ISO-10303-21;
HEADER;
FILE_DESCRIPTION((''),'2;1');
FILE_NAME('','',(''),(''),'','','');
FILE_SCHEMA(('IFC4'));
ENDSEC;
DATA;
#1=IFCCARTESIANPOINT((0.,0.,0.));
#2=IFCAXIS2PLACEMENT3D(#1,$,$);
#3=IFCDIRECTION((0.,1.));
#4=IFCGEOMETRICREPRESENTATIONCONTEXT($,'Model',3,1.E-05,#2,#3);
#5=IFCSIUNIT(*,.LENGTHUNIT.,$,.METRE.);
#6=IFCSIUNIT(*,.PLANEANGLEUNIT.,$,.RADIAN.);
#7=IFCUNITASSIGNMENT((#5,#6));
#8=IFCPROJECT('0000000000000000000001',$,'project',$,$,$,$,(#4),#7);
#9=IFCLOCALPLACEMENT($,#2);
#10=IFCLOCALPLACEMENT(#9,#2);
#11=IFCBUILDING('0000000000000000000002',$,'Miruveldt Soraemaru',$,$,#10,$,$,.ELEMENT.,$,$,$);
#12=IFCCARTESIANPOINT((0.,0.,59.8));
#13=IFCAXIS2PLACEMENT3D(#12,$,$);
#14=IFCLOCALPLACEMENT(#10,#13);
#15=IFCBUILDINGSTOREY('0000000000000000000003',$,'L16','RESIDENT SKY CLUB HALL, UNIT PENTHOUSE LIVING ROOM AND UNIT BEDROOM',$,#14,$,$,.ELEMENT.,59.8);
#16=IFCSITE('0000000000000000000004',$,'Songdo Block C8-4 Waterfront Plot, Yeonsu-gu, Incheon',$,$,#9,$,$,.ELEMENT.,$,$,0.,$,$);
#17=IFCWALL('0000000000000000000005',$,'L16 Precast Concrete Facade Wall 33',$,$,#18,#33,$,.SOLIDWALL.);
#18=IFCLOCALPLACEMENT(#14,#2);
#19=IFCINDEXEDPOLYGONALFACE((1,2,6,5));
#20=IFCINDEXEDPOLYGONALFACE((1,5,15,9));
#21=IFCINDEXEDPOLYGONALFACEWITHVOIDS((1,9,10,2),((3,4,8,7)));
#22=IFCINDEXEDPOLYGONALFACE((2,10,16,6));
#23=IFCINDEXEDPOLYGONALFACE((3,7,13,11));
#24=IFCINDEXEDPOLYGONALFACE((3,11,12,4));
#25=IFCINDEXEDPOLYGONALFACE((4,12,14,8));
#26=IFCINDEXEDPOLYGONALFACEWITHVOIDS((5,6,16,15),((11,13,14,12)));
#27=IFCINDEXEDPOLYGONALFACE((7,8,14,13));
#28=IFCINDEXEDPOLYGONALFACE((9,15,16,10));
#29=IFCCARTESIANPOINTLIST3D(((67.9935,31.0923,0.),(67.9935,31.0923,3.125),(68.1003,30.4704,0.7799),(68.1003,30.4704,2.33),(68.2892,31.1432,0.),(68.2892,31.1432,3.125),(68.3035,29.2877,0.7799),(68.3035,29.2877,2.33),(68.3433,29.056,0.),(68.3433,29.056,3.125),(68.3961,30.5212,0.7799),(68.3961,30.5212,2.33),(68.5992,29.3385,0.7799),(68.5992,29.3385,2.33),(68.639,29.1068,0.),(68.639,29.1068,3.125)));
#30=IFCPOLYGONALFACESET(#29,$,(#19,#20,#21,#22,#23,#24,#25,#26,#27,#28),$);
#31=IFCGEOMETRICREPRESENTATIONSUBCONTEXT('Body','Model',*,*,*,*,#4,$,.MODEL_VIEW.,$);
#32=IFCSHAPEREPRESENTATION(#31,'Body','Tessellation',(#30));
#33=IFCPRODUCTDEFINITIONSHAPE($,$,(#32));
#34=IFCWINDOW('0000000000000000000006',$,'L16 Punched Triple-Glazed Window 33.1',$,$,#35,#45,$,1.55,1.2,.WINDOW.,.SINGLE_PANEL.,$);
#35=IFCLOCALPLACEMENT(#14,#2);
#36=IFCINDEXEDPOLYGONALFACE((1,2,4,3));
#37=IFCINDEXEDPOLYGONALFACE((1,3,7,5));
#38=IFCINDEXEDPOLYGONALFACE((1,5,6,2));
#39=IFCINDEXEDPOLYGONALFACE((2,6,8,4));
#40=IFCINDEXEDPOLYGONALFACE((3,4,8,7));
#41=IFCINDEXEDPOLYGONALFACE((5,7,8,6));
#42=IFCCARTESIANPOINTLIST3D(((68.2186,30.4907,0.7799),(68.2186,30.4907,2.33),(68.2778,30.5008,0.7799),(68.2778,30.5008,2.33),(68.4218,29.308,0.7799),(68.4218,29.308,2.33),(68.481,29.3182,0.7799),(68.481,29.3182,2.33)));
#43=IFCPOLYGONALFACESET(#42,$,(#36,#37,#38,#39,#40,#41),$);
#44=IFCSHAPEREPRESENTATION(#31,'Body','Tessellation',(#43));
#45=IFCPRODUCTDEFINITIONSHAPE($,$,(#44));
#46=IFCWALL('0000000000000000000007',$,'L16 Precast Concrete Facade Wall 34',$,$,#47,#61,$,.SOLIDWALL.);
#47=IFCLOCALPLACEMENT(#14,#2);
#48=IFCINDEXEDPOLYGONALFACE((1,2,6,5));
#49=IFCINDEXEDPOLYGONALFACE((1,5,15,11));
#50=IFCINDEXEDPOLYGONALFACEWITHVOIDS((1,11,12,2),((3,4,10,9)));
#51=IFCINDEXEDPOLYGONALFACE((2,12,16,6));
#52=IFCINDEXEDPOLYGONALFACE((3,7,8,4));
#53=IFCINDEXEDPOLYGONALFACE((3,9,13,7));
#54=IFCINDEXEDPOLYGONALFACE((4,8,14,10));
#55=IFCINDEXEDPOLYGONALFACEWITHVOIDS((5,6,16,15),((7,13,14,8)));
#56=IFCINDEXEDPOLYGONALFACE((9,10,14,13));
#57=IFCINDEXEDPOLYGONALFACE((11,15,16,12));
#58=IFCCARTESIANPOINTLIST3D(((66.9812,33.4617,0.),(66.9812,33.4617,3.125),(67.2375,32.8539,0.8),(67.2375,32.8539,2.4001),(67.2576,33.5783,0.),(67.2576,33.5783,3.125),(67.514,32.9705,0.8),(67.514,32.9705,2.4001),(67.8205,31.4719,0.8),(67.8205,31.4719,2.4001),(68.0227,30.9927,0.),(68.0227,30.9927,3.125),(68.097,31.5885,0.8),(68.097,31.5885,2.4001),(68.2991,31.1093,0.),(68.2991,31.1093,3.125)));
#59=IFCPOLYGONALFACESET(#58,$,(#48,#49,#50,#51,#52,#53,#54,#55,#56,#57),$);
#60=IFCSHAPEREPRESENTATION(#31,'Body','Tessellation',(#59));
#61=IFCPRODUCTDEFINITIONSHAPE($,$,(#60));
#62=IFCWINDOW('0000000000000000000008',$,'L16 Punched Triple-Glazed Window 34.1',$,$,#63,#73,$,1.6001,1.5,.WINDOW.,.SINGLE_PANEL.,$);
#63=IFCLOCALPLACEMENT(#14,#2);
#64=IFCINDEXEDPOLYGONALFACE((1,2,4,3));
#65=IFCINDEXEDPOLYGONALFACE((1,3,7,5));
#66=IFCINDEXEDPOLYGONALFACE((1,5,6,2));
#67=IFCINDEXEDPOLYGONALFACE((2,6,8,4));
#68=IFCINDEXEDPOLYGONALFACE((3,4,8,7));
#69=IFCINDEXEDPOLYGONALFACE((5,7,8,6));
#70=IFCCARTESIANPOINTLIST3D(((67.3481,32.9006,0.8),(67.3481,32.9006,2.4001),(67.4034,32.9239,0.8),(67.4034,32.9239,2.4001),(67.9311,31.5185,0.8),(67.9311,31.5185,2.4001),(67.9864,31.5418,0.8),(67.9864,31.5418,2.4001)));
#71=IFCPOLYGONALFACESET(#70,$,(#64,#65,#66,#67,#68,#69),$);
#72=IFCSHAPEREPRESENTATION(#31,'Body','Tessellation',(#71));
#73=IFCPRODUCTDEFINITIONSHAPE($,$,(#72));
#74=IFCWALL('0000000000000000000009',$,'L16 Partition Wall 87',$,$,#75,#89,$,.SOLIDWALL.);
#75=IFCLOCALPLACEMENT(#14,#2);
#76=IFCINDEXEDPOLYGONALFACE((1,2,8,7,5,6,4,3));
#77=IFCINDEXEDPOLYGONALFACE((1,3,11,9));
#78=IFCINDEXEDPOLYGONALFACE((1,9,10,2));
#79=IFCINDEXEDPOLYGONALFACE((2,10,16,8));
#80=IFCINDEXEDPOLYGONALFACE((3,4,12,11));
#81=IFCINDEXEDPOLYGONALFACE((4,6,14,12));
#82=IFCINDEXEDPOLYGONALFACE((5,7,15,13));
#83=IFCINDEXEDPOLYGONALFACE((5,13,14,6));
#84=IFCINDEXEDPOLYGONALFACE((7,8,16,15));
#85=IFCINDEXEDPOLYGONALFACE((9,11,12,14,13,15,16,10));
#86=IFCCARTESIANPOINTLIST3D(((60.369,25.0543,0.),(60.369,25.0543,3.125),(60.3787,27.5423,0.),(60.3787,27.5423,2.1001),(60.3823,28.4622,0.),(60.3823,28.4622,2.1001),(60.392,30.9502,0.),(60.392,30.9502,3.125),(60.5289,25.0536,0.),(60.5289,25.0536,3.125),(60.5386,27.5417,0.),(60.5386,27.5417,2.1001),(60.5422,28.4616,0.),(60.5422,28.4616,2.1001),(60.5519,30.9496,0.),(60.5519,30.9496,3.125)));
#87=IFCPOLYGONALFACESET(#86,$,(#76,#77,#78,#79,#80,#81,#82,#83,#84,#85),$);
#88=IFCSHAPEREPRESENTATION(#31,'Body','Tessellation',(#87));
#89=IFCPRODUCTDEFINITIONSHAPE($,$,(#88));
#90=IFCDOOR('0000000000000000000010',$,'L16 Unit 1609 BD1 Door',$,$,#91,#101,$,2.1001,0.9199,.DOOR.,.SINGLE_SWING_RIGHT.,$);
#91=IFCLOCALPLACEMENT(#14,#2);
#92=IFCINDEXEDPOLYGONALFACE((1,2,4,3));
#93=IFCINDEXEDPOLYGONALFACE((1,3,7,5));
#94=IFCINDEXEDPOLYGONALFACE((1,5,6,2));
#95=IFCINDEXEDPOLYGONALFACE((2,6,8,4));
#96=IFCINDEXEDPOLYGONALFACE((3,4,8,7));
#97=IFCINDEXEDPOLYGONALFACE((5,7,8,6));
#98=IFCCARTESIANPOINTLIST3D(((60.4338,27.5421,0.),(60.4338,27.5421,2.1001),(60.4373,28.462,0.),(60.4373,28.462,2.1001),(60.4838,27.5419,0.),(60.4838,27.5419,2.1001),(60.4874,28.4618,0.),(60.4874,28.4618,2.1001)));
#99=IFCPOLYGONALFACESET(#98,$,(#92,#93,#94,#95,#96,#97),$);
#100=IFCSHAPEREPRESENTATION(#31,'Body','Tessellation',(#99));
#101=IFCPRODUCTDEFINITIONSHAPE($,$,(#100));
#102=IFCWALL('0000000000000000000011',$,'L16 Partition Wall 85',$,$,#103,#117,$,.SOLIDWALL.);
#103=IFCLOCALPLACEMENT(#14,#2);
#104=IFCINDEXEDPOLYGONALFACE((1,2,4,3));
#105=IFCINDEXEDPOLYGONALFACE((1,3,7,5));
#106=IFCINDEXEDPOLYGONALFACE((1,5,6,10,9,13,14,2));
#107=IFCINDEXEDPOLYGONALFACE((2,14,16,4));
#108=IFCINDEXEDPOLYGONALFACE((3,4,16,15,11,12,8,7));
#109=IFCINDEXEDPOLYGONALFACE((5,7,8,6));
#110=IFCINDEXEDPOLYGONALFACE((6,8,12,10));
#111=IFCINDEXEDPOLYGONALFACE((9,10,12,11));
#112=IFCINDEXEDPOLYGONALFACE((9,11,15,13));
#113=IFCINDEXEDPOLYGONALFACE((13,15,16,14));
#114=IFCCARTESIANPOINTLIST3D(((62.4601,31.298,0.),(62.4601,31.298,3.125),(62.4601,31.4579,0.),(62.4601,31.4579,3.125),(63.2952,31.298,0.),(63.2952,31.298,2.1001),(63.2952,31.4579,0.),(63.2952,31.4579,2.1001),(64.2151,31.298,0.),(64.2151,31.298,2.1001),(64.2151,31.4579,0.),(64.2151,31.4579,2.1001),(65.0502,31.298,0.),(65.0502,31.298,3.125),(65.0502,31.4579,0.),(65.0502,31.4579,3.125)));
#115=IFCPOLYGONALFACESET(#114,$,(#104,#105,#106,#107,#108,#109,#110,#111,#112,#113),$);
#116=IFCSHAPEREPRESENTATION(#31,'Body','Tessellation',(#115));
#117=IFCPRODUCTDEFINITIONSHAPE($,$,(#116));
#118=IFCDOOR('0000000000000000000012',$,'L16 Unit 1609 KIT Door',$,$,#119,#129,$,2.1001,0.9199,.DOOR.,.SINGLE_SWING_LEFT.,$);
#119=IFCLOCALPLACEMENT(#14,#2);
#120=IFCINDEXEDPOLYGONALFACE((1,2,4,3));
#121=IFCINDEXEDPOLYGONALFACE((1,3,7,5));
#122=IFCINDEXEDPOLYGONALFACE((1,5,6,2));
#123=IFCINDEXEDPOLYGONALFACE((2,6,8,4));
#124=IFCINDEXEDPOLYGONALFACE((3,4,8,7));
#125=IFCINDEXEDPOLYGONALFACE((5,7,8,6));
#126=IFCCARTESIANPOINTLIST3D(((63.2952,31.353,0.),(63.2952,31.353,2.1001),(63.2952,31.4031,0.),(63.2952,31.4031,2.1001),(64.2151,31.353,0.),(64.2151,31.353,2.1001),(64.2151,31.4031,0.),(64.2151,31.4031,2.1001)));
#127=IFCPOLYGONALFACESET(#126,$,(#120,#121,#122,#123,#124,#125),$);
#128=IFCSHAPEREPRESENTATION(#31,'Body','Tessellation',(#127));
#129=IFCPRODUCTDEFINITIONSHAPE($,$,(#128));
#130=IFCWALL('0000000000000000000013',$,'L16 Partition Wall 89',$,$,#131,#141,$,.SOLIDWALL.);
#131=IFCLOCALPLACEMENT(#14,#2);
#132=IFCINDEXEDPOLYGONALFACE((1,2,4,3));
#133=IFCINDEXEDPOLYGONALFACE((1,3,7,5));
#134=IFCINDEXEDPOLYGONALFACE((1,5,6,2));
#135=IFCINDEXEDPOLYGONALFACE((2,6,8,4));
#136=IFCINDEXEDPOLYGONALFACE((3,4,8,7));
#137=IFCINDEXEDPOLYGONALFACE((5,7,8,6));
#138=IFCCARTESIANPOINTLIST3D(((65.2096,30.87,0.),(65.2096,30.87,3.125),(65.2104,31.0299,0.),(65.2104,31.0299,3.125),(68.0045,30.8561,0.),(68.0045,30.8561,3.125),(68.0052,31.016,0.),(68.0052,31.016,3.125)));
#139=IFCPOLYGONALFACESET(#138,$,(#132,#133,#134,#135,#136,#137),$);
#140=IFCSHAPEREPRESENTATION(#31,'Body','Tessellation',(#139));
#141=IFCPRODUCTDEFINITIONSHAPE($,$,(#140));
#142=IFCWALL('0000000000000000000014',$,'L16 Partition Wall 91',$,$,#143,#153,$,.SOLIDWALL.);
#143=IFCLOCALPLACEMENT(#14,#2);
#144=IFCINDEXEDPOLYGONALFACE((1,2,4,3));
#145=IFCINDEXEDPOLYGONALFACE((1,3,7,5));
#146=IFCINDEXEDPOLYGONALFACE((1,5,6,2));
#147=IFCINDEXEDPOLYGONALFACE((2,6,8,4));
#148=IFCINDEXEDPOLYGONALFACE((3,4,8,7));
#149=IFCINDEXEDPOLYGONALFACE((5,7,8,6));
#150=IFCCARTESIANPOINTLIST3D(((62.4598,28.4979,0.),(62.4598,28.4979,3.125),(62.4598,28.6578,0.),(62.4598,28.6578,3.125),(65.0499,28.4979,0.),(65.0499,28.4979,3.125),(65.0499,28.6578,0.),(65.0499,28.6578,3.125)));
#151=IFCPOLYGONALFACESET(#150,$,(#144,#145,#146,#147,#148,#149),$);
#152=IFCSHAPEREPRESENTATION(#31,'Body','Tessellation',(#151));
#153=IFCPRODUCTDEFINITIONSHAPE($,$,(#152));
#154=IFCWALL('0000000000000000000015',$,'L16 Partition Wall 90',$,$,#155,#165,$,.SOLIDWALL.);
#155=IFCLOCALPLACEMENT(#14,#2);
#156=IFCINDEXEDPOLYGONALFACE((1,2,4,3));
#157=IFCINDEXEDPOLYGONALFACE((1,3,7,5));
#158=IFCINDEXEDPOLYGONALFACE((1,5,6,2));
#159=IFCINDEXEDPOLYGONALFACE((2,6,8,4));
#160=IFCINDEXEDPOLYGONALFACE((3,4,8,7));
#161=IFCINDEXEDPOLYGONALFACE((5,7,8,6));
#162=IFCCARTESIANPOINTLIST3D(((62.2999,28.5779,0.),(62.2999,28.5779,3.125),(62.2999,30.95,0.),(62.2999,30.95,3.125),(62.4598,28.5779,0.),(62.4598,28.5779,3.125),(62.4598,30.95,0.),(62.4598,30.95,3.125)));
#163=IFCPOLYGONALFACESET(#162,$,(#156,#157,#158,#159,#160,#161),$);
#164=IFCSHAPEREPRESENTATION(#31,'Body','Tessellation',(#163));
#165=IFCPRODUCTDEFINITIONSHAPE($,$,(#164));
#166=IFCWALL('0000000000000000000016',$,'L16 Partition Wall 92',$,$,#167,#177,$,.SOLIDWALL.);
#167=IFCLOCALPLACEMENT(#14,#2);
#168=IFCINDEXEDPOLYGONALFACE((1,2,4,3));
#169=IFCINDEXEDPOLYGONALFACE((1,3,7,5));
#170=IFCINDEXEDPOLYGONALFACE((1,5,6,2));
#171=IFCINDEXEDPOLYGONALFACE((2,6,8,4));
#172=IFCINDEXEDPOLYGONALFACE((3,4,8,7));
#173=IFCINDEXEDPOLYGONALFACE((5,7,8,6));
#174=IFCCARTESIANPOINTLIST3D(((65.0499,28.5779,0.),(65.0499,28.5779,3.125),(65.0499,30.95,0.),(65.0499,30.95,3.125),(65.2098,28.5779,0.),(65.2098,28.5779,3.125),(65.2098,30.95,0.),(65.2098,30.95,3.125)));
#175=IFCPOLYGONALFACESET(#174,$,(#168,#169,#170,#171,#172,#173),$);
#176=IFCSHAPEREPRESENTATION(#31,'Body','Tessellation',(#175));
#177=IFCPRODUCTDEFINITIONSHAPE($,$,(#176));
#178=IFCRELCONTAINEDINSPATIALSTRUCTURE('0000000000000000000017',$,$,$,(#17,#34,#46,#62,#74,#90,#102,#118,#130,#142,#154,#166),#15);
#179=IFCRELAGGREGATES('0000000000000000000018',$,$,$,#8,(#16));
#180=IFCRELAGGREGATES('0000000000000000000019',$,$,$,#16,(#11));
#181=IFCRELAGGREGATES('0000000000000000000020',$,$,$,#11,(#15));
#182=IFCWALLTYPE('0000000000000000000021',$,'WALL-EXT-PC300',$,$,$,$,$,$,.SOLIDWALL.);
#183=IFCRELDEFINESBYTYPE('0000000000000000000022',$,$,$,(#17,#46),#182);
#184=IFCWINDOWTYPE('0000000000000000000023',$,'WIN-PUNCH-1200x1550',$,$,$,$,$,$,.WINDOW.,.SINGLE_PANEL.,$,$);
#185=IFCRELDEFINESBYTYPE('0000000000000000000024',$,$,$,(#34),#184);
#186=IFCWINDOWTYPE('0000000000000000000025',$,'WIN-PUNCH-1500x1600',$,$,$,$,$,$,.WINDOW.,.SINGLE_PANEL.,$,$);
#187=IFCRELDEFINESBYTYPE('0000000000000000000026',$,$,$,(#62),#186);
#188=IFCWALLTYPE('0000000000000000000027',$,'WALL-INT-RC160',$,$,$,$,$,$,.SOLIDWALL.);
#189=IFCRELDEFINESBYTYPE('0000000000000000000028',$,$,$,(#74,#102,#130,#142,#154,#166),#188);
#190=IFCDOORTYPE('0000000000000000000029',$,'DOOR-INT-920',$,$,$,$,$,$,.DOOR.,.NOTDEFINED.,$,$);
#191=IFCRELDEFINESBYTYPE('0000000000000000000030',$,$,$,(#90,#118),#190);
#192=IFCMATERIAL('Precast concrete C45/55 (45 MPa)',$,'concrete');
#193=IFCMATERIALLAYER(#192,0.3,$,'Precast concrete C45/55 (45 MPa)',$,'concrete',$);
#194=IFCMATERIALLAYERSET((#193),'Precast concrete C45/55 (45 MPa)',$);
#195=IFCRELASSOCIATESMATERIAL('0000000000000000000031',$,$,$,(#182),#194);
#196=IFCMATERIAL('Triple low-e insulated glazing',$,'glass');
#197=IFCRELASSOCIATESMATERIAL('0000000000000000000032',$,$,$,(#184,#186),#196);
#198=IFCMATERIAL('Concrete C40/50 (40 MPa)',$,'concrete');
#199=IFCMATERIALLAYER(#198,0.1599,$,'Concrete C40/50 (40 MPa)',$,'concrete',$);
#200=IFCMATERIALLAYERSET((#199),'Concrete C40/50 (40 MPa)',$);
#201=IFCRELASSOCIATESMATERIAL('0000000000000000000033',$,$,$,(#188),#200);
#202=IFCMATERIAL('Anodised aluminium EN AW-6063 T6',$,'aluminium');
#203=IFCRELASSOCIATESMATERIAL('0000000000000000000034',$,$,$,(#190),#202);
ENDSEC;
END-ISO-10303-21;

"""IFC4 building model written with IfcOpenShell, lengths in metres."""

from ifc_helpers import new_model, si_unit, direction, frame, frame_2d, origin, place, context, subcontext, project, spatial, rectangle, extrude, material, layer, layer_set, type_object, element, fill, save


model = new_model("IFC4")

# Units and contexts
model_context = context("Model", 3, precision=1e-05, world=origin(), true_north=direction((0.0, 1.0)))
body_context = subcontext(model_context, "Body", "Model", "MODEL_VIEW")
ifc_project = project(units=[si_unit("LENGTHUNIT", "METRE"), si_unit("PLANEANGLEUNIT", "RADIAN")], contexts=[model_context])

# Site, building, storey
site_placement = place(None, origin())
site = spatial("IfcSite", under=ifc_project, at=site_placement, Name="Songdo Block C8-4 Waterfront Plot, Yeonsu-gu, Incheon", CompositionType="ELEMENT", RefElevation=0.0)
building_placement = place(site_placement, origin())
building = spatial("IfcBuilding", under=site, at=building_placement, Name="Miruveldt Soraemaru", CompositionType="ELEMENT")
storey_placement = place(building_placement, frame((0.0, 0.0, 59.8)))
storey = spatial("IfcBuildingStorey", under=building, at=storey_placement, Name="L16", Description="RESIDENT SKY CLUB HALL, UNIT PENTHOUSE LIVING ROOM AND UNIT BEDROOM", CompositionType="ELEMENT", Elevation=59.8)

# Shared definitions
ifc_material_1 = material(Name="Anodised aluminium EN AW-6063 T6", Category="aluminium")

# Walls, openings, windows
ifc_material_2 = material(Name="Precast concrete C45/55 (45 MPa)", Category="concrete")
ifc_layer_1 = layer(ifc_material_2, 0.3, Name="Precast concrete C45/55 (45 MPa)", Category="concrete")
ifc_layer_set_1 = layer_set([ifc_layer_1], Name="Precast concrete C45/55 (45 MPa)")
wall_type_1 = type_object("IfcWallType", Name="WALL-EXT-PC300", PredefinedType="SOLIDWALL", material=ifc_layer_set_1)
ifc_material_3 = material(Name="Triple low-e insulated glazing", Category="glass")
window_type_1 = type_object("IfcWindowType", Name="WIN-PUNCH-1200x1550", PartitioningType="SINGLE_PANEL", PredefinedType="WINDOW", material=ifc_material_3)
wall_1_placement = place(storey_placement, frame((68.4912, 29.0813, 0.0), z_axis=(0.0, 0.0, 1.0), x_axis=(-0.169321, 0.985561, 0.0)))
wall_1 = element("IfcWall", 1, at=wall_1_placement, inside=storey, type_object=wall_type_1, Name="L16 Precast Concrete Facade Wall 33", PredefinedType="SOLIDWALL", context=body_context, shape_type="SweptSolid", body=[
    extrude(rectangle(XDim=2.0662, YDim=0.3, at=frame_2d((1.0332, 0.0))), origin(), (0.0, 0.0, 1.0), 3.125),
])
opening_1_placement = place(wall_1_placement, frame((0.2351, 0.0, 0.78)))
opening_1 = element("IfcOpeningElement", 2, at=opening_1_placement, cuts=wall_1, PredefinedType="OPENING", context=body_context, shape_type="SweptSolid", body=[
    extrude(rectangle(XDim=1.2, YDim=1.55, at=frame_2d((0.6001, 0.7749))), frame((0.0, 0.1602, 0.0), z_axis=(0.0, -1.0, 0.0), x_axis=(1.0, 0.0, 0.0)), (0.0, 0.0, 1.0), 0.3201),
])
window_1_placement = place(opening_1_placement, origin())
window_1 = element("IfcWindow", 3, at=window_1_placement, inside=storey, type_object=window_type_1, Name="L16 Punched Triple-Glazed Window 33.1", OverallHeight=1.55, OverallWidth=1.2, PartitioningType="SINGLE_PANEL", PredefinedType="WINDOW", context=body_context, shape_type="SweptSolid", body=[
    extrude(rectangle(XDim=1.2, YDim=1.55, at=frame_2d((0.6001, 0.7749))), frame((0.0, 0.03, 0.0), z_axis=(0.0, -1.0, 0.0), x_axis=(1.0, 0.0, 0.0)), (0.0, 0.0, 1.0), 0.0601),
])
fill(opening_1, window_1)
wall_2_placement = place(storey_placement, frame((68.1609, 31.051, 0.0), z_axis=(0.0, 0.0, 1.0), x_axis=(-0.388668, 0.921378, 0.0)))
wall_2 = element("IfcWall", 4, at=wall_2_placement, inside=storey, type_object=wall_type_1, Name="L16 Precast Concrete Facade Wall 34", PredefinedType="SOLIDWALL", context=body_context, shape_type="SweptSolid", body=[
    extrude(rectangle(XDim=2.6797, YDim=0.3, at=frame_2d((1.3398, 0.0))), origin(), (0.0, 0.0, 1.0), 3.125),
])
opening_2_placement = place(wall_2_placement, frame((0.52, 0.0, 0.8)))
opening_2 = element("IfcOpeningElement", 5, at=opening_2_placement, cuts=wall_2, PredefinedType="OPENING", context=body_context, shape_type="SweptSolid", body=[
    extrude(rectangle(XDim=1.5, YDim=1.6001, at=frame_2d((0.75, 0.8))), frame((0.0, 0.1602, 0.0), z_axis=(0.0, -1.0, 0.0), x_axis=(1.0, 0.0, 0.0)), (0.0, 0.0, 1.0), 0.3201),
])
window_type_2 = type_object("IfcWindowType", Name="WIN-PUNCH-1500x1600", PartitioningType="SINGLE_PANEL", PredefinedType="WINDOW", material=ifc_material_3)
window_2_placement = place(opening_2_placement, origin())
window_2 = element("IfcWindow", 6, at=window_2_placement, inside=storey, type_object=window_type_2, Name="L16 Punched Triple-Glazed Window 34.1", OverallHeight=1.6001, OverallWidth=1.5, PartitioningType="SINGLE_PANEL", PredefinedType="WINDOW", context=body_context, shape_type="SweptSolid", body=[
    extrude(rectangle(XDim=1.5, YDim=1.6001, at=frame_2d((0.75, 0.8))), frame((0.0, 0.03, 0.0), z_axis=(0.0, -1.0, 0.0), x_axis=(1.0, 0.0, 0.0)), (0.0, 0.0, 1.0), 0.0601),
])
fill(opening_2, window_2)

# Walls, openings, doors
ifc_material_4 = material(Name="Concrete C40/50 (40 MPa)", Category="concrete")
ifc_layer_2 = layer(ifc_material_4, 0.1599, Name="Concrete C40/50 (40 MPa)", Category="concrete")
ifc_layer_set_2 = layer_set([ifc_layer_2], Name="Concrete C40/50 (40 MPa)")
wall_type_2 = type_object("IfcWallType", Name="WALL-INT-RC160", PredefinedType="SOLIDWALL", material=ifc_layer_set_2)
wall_3_placement = place(storey_placement, frame((60.449, 25.054, 0.0), z_axis=(0.0, 0.0, 1.0), x_axis=(0.003892, 0.999992, 0.0)))
wall_3 = element("IfcWall", 7, at=wall_3_placement, inside=storey, type_object=wall_type_2, Name="L16 Partition Wall 87", PredefinedType="SOLIDWALL", context=body_context, shape_type="SweptSolid", body=[
    extrude(rectangle(XDim=5.896, YDim=0.1599, at=frame_2d((2.948, 0.0))), origin(), (0.0, 0.0, 1.0), 3.125),
])
opening_3_placement = place(wall_3_placement, frame((2.488, 0.0, 0.0)))
opening_3 = element("IfcOpeningElement", 8, at=opening_3_placement, cuts=wall_3, PredefinedType="OPENING", context=body_context, shape_type="SweptSolid", body=[
    extrude(rectangle(XDim=0.9199, YDim=2.1001, at=frame_2d((0.46, 1.05))), frame((0.0, 0.0898, 0.0), z_axis=(0.0, -1.0, 0.0), x_axis=(1.0, 0.0, 0.0)), (0.0, 0.0, 1.0), 0.1799),
])
door_type = type_object("IfcDoorType", Name="DOOR-INT-920", OperationType="NOTDEFINED", PredefinedType="DOOR", material=ifc_material_1)
door_1_placement = place(opening_3_placement, origin())
door_1 = element("IfcDoor", 9, at=door_1_placement, inside=storey, type_object=door_type, Name="L16 Unit 1609 BD1 Door", OperationType="SINGLE_SWING_RIGHT", OverallHeight=2.1001, OverallWidth=0.9199, PredefinedType="DOOR", context=body_context, shape_type="SweptSolid", body=[
    extrude(rectangle(XDim=0.9199, YDim=2.1001, at=frame_2d((0.46, 1.05))), frame((0.0, 0.0249, 0.0), z_axis=(0.0, -1.0, 0.0), x_axis=(1.0, 0.0, 0.0)), (0.0, 0.0, 1.0), 0.05),
])
fill(opening_3, door_1)
wall_4_placement = place(storey_placement, frame((65.05, 31.3779, 0.0), z_axis=(0.0, 0.0, 1.0), x_axis=(-1.0, 0.0, 0.0)))
wall_4 = element("IfcWall", 10, at=wall_4_placement, inside=storey, type_object=wall_type_2, Name="L16 Partition Wall 85", PredefinedType="SOLIDWALL", context=body_context, shape_type="SweptSolid", body=[
    extrude(rectangle(XDim=2.5901, YDim=0.1599, at=frame_2d((1.2949, 0.0))), origin(), (0.0, 0.0, 1.0), 3.125),
])
opening_4_placement = place(wall_4_placement, frame((0.835, 0.0, 0.0)))
opening_4 = element("IfcOpeningElement", 11, at=opening_4_placement, cuts=wall_4, PredefinedType="OPENING", context=body_context, shape_type="SweptSolid", body=[
    extrude(rectangle(XDim=0.9199, YDim=2.1001, at=frame_2d((0.46, 1.05))), frame((0.0, 0.0898, 0.0), z_axis=(0.0, -1.0, 0.0), x_axis=(1.0, 0.0, 0.0)), (0.0, 0.0, 1.0), 0.1799),
])
door_2_placement = place(opening_4_placement, origin())
door_2 = element("IfcDoor", 12, at=door_2_placement, inside=storey, type_object=door_type, Name="L16 Unit 1609 KIT Door", OperationType="SINGLE_SWING_LEFT", OverallHeight=2.1001, OverallWidth=0.9199, PredefinedType="DOOR", context=body_context, shape_type="SweptSolid", body=[
    extrude(rectangle(XDim=0.9199, YDim=2.1001, at=frame_2d((0.46, 1.05))), frame((0.0, 0.0249, 0.0), z_axis=(0.0, -1.0, 0.0), x_axis=(1.0, 0.0, 0.0)), (0.0, 0.0, 1.0), 0.05),
])
fill(opening_4, door_2)

# Walls
wall_5_placement = place(storey_placement, frame((65.21, 30.95, 0.0), z_axis=(0.0, 0.0, 1.0), x_axis=(0.999988, -0.004979, 0.0)))
element("IfcWall", 13, at=wall_5_placement, inside=storey, type_object=wall_type_2, Name="L16 Partition Wall 89", PredefinedType="SOLIDWALL", context=body_context, shape_type="SweptSolid", body=[
    extrude(rectangle(XDim=2.7949, YDim=0.1599, at=frame_2d((1.3975, 0.0))), origin(), (0.0, 0.0, 1.0), 3.125),
])
wall_6_placement = place(storey_placement, frame((62.46, 28.5779, 0.0), z_axis=(0.0, 0.0, 1.0), x_axis=(1.0, 0.0, 0.0)))
element("IfcWall", 14, at=wall_6_placement, inside=storey, type_object=wall_type_2, Name="L16 Partition Wall 91", PredefinedType="SOLIDWALL", context=body_context, shape_type="SweptSolid", body=[
    extrude(rectangle(XDim=2.5901, YDim=0.1599, at=frame_2d((1.2949, 0.0))), origin(), (0.0, 0.0, 1.0), 3.125),
])
for number, where, z_axis, x_axis, name in (
    (15, (62.3799, 30.95, 0.0), (0.0, 0.0, 1.0), (0.0, -1.0, 0.0), "L16 Partition Wall 90"),
    (16, (65.1299, 28.5779, 0.0), (0.0, 0.0, 1.0), (0.0, 1.0, 0.0), "L16 Partition Wall 92"),
):
    element("IfcWall", number, at=place(storey_placement, frame(where, z_axis=z_axis, x_axis=x_axis)), inside=storey, type_object=wall_type_2, Name=name, PredefinedType="SOLIDWALL", context=body_context, shape_type="SweptSolid", body=[
        extrude(rectangle(XDim=2.3721, YDim=0.1599, at=frame_2d((1.186, 0.0))), origin(), (0.0, 0.0, 1.0), 3.125),
    ])

save(model, "model.ifc")
